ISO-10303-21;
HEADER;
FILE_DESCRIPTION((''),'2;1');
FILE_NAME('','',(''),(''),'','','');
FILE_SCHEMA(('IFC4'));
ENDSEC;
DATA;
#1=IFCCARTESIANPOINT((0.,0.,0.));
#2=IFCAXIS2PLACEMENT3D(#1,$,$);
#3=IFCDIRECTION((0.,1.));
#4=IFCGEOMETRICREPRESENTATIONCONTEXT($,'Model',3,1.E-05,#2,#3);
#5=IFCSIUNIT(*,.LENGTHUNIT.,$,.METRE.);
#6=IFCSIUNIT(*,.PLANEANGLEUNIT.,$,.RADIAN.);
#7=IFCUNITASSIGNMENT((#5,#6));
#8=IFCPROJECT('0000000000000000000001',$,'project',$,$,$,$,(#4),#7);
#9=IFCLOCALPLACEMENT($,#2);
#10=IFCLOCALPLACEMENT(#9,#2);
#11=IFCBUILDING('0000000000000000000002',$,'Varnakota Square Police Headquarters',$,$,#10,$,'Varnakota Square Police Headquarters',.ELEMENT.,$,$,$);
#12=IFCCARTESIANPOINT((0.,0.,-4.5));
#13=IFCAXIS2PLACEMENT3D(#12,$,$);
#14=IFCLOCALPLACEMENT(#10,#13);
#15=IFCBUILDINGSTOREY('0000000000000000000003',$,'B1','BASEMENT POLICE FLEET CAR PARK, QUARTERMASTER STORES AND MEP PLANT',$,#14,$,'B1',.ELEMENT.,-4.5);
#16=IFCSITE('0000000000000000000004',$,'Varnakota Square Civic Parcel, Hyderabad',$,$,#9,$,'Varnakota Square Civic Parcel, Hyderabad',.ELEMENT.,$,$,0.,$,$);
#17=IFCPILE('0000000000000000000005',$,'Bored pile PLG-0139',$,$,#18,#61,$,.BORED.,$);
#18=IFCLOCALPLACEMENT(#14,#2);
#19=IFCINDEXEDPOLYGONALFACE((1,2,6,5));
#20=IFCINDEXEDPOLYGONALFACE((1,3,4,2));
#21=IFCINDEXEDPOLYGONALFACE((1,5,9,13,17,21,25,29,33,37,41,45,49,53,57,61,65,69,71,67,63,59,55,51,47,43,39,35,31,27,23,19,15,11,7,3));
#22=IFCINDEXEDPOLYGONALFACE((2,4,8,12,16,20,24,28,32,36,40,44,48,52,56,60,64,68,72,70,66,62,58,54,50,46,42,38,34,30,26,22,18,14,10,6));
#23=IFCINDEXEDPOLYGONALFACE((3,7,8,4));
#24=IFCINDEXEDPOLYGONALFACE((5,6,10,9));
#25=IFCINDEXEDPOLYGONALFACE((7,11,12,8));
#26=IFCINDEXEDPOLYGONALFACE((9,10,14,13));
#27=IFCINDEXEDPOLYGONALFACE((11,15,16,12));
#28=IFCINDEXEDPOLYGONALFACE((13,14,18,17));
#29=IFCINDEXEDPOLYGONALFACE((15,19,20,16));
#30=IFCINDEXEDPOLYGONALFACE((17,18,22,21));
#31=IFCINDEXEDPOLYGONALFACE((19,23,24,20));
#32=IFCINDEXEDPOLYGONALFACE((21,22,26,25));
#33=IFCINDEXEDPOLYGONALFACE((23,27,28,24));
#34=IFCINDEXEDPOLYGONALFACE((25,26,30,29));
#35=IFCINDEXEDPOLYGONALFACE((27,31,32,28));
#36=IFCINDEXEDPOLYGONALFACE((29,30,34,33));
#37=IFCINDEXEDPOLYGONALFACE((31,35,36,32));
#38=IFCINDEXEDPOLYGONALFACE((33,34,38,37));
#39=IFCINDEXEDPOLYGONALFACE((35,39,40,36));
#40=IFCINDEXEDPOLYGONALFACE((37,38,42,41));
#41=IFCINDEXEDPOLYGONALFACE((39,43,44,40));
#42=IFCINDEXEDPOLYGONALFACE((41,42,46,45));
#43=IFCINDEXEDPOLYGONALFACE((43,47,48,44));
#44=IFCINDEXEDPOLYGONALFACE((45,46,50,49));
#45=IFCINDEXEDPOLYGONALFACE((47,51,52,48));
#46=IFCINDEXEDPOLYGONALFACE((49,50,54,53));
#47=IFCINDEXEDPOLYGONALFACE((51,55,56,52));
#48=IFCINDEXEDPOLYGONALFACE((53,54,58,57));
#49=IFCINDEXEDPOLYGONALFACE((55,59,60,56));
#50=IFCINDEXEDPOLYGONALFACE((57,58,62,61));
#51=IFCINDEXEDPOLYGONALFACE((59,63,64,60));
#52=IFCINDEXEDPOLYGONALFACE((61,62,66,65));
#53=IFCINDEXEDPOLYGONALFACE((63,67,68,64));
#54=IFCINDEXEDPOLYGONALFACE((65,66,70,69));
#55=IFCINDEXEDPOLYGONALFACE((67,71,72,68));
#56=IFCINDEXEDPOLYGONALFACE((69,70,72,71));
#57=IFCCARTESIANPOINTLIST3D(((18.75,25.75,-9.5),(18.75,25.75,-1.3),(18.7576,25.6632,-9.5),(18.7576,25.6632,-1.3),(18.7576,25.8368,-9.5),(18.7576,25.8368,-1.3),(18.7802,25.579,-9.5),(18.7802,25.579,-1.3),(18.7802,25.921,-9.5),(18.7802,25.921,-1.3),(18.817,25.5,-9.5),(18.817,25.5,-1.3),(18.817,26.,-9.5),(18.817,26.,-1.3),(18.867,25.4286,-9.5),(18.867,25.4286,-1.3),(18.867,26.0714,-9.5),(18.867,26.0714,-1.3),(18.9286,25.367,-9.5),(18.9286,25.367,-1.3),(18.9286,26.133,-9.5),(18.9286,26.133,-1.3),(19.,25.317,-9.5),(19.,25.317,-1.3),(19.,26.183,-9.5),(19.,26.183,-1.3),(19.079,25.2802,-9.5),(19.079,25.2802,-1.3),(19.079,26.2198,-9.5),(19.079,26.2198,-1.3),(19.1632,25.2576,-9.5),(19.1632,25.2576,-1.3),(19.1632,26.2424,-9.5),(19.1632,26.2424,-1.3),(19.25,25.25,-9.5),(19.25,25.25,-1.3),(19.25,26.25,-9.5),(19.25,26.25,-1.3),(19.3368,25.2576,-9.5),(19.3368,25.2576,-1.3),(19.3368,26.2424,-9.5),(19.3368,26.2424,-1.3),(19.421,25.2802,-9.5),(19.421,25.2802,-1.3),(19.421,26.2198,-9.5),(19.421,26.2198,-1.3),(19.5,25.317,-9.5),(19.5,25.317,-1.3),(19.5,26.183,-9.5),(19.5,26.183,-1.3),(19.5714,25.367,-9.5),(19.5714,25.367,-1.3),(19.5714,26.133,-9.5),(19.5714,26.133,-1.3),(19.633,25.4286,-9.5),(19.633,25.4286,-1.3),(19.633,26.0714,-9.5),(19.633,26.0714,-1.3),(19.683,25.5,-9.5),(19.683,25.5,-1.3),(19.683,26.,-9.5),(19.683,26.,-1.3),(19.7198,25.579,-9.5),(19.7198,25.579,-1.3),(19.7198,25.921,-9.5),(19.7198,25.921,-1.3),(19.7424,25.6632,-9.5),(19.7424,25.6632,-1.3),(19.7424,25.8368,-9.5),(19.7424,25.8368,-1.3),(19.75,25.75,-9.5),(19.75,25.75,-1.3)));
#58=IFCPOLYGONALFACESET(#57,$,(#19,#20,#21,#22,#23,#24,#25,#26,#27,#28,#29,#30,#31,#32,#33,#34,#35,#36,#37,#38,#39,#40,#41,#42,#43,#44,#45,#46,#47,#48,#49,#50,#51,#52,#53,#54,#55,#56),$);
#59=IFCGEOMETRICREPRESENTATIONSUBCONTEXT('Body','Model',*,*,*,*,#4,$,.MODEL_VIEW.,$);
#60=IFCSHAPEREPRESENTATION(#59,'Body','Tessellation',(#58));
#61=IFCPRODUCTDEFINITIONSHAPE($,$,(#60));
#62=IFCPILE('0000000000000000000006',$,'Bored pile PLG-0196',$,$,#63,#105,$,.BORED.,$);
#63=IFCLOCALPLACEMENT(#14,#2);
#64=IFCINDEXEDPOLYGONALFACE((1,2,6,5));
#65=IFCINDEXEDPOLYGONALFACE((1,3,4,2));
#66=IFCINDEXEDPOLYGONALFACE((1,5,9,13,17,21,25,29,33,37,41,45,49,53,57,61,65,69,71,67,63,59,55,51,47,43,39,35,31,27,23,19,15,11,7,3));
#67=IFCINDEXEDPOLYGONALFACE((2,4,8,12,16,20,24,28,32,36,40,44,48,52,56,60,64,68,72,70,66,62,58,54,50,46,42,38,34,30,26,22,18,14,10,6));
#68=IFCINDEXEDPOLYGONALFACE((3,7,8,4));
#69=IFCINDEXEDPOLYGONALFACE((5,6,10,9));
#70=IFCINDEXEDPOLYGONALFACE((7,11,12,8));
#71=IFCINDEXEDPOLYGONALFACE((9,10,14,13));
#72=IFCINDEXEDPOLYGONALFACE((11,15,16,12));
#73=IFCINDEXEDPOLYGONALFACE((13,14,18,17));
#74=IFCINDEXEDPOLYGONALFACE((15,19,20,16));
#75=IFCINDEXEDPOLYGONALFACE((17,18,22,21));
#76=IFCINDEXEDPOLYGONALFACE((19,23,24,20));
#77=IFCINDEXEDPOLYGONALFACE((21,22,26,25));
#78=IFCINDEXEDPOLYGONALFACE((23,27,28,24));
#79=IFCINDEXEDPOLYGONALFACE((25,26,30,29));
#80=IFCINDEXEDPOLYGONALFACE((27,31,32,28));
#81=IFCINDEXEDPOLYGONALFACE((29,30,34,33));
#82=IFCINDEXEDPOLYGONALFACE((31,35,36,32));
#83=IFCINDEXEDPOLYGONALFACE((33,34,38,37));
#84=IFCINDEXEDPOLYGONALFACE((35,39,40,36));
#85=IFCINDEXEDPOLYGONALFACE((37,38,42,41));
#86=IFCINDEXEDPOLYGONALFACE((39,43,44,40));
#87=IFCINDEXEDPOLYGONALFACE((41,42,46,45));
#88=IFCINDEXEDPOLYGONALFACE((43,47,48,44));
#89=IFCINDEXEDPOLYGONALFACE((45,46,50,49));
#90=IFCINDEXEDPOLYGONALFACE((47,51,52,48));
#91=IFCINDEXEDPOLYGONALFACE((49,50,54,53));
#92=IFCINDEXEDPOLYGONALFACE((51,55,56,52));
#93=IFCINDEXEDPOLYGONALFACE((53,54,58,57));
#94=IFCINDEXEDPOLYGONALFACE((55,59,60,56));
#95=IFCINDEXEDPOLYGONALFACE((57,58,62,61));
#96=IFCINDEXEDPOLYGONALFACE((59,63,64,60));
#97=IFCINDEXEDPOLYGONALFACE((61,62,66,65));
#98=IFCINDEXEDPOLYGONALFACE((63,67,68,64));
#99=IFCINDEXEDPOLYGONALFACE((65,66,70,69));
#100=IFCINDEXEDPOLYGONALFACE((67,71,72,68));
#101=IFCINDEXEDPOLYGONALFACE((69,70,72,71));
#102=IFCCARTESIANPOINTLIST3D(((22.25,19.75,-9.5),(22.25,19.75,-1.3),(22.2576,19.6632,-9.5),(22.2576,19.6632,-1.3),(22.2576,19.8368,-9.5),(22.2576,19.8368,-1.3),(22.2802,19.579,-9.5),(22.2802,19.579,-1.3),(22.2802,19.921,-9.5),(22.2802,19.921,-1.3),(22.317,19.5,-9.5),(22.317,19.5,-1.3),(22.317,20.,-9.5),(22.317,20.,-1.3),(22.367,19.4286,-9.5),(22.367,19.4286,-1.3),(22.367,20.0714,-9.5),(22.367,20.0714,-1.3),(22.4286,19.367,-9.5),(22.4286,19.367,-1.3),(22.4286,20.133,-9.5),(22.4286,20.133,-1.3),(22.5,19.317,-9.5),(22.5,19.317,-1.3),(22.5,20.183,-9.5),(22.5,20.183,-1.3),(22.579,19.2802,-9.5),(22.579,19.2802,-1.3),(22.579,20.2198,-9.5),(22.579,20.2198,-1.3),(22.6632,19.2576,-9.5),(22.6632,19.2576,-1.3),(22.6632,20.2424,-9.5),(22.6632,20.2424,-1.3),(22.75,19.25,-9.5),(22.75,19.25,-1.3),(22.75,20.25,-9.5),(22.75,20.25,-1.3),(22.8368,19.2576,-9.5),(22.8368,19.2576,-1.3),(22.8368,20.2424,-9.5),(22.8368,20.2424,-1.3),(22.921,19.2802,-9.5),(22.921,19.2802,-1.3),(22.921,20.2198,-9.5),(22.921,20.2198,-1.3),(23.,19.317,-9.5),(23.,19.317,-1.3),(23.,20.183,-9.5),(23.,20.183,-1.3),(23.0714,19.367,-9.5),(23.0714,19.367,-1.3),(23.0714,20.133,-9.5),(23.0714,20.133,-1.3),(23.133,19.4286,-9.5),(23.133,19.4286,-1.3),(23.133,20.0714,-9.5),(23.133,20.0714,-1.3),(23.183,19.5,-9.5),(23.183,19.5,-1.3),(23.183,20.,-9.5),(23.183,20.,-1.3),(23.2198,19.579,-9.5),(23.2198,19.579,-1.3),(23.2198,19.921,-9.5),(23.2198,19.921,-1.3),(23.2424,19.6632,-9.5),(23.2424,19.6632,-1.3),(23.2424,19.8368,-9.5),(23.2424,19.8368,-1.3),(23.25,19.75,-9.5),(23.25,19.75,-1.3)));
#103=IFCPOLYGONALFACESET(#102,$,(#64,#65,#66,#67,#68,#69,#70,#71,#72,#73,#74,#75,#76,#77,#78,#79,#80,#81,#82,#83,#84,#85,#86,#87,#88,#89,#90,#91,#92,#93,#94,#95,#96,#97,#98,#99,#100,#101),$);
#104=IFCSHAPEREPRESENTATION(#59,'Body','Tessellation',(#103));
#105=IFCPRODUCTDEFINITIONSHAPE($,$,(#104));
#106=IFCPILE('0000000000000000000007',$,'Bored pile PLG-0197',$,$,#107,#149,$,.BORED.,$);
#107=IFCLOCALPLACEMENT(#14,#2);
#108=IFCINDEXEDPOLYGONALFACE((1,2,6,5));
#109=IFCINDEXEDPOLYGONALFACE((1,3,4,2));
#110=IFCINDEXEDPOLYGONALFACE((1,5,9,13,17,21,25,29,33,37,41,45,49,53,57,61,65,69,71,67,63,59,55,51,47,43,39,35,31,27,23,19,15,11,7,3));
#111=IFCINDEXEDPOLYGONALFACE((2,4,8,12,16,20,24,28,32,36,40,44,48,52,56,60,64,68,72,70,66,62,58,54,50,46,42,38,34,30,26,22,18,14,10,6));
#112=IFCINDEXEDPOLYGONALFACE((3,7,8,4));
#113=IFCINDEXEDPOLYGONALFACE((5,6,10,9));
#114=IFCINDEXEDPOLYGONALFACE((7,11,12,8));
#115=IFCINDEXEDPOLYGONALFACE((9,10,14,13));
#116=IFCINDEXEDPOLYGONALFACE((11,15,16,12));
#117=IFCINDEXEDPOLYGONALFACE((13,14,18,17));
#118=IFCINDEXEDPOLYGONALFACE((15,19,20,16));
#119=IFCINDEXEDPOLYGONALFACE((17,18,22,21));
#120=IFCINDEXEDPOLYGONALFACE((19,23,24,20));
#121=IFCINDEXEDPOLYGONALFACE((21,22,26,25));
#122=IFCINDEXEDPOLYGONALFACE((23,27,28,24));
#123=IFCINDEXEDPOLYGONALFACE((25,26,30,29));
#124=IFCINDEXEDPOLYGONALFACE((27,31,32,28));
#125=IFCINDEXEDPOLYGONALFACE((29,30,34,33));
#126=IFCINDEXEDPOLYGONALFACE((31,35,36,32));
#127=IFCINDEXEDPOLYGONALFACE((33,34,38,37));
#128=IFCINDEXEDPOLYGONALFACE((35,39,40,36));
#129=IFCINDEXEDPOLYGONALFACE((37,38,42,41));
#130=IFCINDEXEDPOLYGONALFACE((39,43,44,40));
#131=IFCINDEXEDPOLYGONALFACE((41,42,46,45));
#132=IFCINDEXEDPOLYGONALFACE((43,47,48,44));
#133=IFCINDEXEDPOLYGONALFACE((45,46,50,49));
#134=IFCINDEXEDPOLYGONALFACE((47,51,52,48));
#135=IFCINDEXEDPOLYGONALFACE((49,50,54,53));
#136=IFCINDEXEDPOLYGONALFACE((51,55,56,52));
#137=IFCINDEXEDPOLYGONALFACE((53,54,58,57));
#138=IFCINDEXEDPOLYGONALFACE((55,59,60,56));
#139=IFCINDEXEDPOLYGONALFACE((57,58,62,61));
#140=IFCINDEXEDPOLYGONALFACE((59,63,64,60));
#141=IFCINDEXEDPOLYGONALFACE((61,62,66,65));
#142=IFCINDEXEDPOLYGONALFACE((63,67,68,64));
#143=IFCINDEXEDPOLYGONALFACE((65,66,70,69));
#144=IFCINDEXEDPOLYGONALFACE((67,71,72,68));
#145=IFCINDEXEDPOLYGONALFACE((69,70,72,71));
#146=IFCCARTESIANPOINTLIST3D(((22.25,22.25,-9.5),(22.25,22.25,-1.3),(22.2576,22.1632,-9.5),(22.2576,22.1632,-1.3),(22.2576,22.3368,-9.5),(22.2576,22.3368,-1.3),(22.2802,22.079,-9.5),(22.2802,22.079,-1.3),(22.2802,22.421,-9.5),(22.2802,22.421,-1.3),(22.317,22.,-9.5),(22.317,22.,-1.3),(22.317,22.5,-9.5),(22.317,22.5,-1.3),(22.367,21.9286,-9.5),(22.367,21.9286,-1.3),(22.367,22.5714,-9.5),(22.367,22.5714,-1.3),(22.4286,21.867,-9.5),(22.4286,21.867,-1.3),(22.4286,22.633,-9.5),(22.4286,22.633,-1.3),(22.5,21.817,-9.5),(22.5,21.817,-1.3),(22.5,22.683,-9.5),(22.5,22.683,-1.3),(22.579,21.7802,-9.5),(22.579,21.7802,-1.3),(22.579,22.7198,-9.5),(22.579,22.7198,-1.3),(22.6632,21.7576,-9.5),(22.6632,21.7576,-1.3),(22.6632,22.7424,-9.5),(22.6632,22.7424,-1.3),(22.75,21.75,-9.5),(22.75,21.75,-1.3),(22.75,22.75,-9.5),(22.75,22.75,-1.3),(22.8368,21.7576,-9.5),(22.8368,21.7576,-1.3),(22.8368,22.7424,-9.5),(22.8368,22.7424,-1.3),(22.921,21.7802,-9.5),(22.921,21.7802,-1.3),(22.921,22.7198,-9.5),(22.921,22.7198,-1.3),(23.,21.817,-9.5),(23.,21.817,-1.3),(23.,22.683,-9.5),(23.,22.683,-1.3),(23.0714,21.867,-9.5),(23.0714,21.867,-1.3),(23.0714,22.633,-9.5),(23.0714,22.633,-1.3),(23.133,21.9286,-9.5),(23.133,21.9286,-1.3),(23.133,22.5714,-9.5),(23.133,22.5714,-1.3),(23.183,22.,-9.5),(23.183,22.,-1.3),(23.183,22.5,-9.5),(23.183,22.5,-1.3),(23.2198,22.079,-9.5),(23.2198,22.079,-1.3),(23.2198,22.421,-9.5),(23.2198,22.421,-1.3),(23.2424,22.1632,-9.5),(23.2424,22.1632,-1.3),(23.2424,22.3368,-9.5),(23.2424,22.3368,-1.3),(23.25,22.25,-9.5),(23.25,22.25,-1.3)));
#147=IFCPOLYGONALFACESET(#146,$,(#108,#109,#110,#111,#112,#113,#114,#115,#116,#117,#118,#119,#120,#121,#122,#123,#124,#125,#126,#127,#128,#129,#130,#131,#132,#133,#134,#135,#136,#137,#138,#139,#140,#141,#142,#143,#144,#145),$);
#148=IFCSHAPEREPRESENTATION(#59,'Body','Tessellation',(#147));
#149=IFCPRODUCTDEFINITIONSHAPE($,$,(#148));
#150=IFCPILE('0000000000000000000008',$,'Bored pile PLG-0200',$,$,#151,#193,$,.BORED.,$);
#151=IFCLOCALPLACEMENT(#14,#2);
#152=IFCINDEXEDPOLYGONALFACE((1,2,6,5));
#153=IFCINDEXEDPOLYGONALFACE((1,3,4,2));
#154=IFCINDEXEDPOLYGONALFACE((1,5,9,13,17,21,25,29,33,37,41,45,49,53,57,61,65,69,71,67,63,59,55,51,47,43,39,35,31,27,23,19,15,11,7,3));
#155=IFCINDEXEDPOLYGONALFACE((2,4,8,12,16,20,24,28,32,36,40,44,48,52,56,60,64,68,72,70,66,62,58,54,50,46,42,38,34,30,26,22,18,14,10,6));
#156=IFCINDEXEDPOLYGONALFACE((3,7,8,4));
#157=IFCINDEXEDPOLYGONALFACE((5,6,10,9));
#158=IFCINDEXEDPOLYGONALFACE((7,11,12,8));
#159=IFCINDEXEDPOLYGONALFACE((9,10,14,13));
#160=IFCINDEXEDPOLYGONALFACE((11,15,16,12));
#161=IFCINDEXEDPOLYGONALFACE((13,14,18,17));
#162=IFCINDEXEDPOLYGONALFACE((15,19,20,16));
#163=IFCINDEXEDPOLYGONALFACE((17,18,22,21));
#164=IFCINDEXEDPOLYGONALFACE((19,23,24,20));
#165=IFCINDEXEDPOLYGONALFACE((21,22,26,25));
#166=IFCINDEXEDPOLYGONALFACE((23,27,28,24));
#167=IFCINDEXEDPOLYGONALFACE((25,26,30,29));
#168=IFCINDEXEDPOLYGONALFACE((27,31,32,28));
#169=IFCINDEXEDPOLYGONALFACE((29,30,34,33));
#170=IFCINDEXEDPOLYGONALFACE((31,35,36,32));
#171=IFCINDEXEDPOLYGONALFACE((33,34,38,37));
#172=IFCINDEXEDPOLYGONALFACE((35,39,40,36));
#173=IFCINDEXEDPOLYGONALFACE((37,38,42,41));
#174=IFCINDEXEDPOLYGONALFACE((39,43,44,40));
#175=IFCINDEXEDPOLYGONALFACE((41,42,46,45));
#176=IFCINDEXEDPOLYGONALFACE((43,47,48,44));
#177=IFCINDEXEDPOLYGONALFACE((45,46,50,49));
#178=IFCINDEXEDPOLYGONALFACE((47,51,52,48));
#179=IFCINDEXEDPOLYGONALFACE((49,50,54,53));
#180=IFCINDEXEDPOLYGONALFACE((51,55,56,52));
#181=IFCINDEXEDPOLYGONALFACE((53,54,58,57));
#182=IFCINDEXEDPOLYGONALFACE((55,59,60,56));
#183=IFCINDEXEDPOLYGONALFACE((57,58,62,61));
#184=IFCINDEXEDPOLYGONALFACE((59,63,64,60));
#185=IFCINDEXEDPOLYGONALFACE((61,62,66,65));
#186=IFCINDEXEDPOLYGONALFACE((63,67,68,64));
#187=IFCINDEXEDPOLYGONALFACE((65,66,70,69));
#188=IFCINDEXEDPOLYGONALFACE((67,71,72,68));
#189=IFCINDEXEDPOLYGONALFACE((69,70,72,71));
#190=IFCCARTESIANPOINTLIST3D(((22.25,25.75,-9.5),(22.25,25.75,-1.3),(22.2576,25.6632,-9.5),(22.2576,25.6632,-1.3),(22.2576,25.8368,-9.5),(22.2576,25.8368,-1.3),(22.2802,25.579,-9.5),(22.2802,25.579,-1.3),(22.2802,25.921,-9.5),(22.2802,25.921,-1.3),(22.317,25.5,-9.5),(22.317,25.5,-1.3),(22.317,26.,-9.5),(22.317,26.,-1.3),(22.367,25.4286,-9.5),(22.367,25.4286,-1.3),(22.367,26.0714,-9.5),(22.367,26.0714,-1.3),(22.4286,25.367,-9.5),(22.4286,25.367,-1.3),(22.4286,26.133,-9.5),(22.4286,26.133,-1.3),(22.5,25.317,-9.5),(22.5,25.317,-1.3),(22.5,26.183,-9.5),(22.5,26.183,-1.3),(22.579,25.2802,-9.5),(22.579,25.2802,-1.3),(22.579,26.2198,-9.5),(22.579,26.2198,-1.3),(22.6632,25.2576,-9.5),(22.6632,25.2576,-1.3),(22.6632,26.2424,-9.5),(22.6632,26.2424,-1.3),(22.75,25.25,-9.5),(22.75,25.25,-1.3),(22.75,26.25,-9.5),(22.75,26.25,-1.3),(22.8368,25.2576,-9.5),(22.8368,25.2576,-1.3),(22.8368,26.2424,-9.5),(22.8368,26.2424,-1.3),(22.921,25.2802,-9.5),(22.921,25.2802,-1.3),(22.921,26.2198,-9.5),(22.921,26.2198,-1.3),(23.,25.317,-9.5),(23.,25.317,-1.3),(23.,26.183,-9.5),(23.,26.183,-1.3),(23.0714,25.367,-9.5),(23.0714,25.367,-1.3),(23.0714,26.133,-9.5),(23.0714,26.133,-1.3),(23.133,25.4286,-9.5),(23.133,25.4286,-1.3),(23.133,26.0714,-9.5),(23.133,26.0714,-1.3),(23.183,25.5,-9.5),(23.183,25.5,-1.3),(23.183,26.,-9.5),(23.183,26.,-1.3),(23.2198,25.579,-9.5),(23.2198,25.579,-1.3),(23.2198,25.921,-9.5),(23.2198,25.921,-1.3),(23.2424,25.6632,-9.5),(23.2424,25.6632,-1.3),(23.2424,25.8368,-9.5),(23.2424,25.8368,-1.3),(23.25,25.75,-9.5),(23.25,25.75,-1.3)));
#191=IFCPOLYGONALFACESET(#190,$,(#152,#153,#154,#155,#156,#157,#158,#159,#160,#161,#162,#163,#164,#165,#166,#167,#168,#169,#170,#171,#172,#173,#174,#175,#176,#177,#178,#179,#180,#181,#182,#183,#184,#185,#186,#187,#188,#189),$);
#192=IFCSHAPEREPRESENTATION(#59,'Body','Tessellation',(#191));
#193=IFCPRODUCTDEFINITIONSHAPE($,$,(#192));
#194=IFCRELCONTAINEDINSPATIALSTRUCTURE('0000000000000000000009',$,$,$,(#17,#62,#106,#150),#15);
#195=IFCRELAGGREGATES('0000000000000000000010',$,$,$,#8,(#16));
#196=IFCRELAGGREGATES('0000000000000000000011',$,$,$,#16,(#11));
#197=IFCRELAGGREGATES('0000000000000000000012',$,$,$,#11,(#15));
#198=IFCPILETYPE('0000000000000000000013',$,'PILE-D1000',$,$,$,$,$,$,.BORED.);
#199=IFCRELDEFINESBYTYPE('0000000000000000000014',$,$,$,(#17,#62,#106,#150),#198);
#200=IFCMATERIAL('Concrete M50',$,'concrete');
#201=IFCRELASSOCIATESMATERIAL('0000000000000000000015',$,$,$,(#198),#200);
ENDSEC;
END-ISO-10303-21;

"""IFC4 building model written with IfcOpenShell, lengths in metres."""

from ifc_helpers import new_model, si_unit, direction, frame, origin, origin_2d, place, context, subcontext, project, spatial, circle, extrude, material, material_profile, profile_set, type_object, element, save


model = new_model("IFC4")

# Units and contexts
model_context = context("Model", 3, precision=1e-05, world=origin(), true_north=direction((0.0, 1.0)))
body_context = subcontext(model_context, "Body", "Model", "MODEL_VIEW")
ifc_project = project(units=[si_unit("LENGTHUNIT", "METRE"), si_unit("PLANEANGLEUNIT", "RADIAN")], contexts=[model_context])

# Site, building, storey
site_placement = place(None, origin())
site = spatial("IfcSite", under=ifc_project, at=site_placement, Name="Varnakota Square Civic Parcel, Hyderabad", LongName="Varnakota Square Civic Parcel, Hyderabad", CompositionType="ELEMENT", RefElevation=0.0)
building_placement = place(site_placement, origin())
building = spatial("IfcBuilding", under=site, at=building_placement, Name="Varnakota Square Police Headquarters", LongName="Varnakota Square Police Headquarters", CompositionType="ELEMENT")
storey_placement = place(building_placement, frame((0.0, 0.0, -4.5)))
storey = spatial("IfcBuildingStorey", under=building, at=storey_placement, Name="B1", Description="BASEMENT POLICE FLEET CAR PARK, QUARTERMASTER STORES AND MEP PLANT", LongName="B1", CompositionType="ELEMENT", Elevation=-4.5)

# Shared definitions
ifc_material_1 = material(Name="Concrete M50", Category="concrete")

# Piles
ifc_material_profile_1 = material_profile(ifc_material_1, circle(Radius=0.5, at=origin_2d()), Name="BORED PILE 1000")
ifc_profile_set_1 = profile_set([ifc_material_profile_1], Name="Concrete M50")
pile_type_1 = type_object("IfcPileType", Name="PILE-D1000", PredefinedType="BORED", material=ifc_profile_set_1)
for number, where, z_axis, x_axis, name in (
    (1, (19.25, 25.75, -1.3), (0.0, 0.0, -1.0), (1.0, 0.0, 0.0), "Bored pile PLG-0139"),
    (2, (22.75, 19.75, -1.3), (0.0, 0.0, -1.0), (1.0, 0.0, 0.0), "Bored pile PLG-0196"),
    (3, (22.75, 22.25, -1.3), (0.0, 0.0, -1.0), (1.0, 0.0, 0.0), "Bored pile PLG-0197"),
    (4, (22.75, 25.75, -1.3), (0.0, 0.0, -1.0), (1.0, 0.0, 0.0), "Bored pile PLG-0200"),
):
    element("IfcPile", number, at=place(storey_placement, frame(where, z_axis=z_axis, x_axis=x_axis)), inside=storey, type_object=pile_type_1, Name=name, PredefinedType="BORED", context=body_context, shape_type="SweptSolid", body=[
        extrude(circle(Radius=0.5, at=origin_2d()), origin(), (0.0, 0.0, 1.0), 8.2),
    ])

save(model, "model.ifc")
